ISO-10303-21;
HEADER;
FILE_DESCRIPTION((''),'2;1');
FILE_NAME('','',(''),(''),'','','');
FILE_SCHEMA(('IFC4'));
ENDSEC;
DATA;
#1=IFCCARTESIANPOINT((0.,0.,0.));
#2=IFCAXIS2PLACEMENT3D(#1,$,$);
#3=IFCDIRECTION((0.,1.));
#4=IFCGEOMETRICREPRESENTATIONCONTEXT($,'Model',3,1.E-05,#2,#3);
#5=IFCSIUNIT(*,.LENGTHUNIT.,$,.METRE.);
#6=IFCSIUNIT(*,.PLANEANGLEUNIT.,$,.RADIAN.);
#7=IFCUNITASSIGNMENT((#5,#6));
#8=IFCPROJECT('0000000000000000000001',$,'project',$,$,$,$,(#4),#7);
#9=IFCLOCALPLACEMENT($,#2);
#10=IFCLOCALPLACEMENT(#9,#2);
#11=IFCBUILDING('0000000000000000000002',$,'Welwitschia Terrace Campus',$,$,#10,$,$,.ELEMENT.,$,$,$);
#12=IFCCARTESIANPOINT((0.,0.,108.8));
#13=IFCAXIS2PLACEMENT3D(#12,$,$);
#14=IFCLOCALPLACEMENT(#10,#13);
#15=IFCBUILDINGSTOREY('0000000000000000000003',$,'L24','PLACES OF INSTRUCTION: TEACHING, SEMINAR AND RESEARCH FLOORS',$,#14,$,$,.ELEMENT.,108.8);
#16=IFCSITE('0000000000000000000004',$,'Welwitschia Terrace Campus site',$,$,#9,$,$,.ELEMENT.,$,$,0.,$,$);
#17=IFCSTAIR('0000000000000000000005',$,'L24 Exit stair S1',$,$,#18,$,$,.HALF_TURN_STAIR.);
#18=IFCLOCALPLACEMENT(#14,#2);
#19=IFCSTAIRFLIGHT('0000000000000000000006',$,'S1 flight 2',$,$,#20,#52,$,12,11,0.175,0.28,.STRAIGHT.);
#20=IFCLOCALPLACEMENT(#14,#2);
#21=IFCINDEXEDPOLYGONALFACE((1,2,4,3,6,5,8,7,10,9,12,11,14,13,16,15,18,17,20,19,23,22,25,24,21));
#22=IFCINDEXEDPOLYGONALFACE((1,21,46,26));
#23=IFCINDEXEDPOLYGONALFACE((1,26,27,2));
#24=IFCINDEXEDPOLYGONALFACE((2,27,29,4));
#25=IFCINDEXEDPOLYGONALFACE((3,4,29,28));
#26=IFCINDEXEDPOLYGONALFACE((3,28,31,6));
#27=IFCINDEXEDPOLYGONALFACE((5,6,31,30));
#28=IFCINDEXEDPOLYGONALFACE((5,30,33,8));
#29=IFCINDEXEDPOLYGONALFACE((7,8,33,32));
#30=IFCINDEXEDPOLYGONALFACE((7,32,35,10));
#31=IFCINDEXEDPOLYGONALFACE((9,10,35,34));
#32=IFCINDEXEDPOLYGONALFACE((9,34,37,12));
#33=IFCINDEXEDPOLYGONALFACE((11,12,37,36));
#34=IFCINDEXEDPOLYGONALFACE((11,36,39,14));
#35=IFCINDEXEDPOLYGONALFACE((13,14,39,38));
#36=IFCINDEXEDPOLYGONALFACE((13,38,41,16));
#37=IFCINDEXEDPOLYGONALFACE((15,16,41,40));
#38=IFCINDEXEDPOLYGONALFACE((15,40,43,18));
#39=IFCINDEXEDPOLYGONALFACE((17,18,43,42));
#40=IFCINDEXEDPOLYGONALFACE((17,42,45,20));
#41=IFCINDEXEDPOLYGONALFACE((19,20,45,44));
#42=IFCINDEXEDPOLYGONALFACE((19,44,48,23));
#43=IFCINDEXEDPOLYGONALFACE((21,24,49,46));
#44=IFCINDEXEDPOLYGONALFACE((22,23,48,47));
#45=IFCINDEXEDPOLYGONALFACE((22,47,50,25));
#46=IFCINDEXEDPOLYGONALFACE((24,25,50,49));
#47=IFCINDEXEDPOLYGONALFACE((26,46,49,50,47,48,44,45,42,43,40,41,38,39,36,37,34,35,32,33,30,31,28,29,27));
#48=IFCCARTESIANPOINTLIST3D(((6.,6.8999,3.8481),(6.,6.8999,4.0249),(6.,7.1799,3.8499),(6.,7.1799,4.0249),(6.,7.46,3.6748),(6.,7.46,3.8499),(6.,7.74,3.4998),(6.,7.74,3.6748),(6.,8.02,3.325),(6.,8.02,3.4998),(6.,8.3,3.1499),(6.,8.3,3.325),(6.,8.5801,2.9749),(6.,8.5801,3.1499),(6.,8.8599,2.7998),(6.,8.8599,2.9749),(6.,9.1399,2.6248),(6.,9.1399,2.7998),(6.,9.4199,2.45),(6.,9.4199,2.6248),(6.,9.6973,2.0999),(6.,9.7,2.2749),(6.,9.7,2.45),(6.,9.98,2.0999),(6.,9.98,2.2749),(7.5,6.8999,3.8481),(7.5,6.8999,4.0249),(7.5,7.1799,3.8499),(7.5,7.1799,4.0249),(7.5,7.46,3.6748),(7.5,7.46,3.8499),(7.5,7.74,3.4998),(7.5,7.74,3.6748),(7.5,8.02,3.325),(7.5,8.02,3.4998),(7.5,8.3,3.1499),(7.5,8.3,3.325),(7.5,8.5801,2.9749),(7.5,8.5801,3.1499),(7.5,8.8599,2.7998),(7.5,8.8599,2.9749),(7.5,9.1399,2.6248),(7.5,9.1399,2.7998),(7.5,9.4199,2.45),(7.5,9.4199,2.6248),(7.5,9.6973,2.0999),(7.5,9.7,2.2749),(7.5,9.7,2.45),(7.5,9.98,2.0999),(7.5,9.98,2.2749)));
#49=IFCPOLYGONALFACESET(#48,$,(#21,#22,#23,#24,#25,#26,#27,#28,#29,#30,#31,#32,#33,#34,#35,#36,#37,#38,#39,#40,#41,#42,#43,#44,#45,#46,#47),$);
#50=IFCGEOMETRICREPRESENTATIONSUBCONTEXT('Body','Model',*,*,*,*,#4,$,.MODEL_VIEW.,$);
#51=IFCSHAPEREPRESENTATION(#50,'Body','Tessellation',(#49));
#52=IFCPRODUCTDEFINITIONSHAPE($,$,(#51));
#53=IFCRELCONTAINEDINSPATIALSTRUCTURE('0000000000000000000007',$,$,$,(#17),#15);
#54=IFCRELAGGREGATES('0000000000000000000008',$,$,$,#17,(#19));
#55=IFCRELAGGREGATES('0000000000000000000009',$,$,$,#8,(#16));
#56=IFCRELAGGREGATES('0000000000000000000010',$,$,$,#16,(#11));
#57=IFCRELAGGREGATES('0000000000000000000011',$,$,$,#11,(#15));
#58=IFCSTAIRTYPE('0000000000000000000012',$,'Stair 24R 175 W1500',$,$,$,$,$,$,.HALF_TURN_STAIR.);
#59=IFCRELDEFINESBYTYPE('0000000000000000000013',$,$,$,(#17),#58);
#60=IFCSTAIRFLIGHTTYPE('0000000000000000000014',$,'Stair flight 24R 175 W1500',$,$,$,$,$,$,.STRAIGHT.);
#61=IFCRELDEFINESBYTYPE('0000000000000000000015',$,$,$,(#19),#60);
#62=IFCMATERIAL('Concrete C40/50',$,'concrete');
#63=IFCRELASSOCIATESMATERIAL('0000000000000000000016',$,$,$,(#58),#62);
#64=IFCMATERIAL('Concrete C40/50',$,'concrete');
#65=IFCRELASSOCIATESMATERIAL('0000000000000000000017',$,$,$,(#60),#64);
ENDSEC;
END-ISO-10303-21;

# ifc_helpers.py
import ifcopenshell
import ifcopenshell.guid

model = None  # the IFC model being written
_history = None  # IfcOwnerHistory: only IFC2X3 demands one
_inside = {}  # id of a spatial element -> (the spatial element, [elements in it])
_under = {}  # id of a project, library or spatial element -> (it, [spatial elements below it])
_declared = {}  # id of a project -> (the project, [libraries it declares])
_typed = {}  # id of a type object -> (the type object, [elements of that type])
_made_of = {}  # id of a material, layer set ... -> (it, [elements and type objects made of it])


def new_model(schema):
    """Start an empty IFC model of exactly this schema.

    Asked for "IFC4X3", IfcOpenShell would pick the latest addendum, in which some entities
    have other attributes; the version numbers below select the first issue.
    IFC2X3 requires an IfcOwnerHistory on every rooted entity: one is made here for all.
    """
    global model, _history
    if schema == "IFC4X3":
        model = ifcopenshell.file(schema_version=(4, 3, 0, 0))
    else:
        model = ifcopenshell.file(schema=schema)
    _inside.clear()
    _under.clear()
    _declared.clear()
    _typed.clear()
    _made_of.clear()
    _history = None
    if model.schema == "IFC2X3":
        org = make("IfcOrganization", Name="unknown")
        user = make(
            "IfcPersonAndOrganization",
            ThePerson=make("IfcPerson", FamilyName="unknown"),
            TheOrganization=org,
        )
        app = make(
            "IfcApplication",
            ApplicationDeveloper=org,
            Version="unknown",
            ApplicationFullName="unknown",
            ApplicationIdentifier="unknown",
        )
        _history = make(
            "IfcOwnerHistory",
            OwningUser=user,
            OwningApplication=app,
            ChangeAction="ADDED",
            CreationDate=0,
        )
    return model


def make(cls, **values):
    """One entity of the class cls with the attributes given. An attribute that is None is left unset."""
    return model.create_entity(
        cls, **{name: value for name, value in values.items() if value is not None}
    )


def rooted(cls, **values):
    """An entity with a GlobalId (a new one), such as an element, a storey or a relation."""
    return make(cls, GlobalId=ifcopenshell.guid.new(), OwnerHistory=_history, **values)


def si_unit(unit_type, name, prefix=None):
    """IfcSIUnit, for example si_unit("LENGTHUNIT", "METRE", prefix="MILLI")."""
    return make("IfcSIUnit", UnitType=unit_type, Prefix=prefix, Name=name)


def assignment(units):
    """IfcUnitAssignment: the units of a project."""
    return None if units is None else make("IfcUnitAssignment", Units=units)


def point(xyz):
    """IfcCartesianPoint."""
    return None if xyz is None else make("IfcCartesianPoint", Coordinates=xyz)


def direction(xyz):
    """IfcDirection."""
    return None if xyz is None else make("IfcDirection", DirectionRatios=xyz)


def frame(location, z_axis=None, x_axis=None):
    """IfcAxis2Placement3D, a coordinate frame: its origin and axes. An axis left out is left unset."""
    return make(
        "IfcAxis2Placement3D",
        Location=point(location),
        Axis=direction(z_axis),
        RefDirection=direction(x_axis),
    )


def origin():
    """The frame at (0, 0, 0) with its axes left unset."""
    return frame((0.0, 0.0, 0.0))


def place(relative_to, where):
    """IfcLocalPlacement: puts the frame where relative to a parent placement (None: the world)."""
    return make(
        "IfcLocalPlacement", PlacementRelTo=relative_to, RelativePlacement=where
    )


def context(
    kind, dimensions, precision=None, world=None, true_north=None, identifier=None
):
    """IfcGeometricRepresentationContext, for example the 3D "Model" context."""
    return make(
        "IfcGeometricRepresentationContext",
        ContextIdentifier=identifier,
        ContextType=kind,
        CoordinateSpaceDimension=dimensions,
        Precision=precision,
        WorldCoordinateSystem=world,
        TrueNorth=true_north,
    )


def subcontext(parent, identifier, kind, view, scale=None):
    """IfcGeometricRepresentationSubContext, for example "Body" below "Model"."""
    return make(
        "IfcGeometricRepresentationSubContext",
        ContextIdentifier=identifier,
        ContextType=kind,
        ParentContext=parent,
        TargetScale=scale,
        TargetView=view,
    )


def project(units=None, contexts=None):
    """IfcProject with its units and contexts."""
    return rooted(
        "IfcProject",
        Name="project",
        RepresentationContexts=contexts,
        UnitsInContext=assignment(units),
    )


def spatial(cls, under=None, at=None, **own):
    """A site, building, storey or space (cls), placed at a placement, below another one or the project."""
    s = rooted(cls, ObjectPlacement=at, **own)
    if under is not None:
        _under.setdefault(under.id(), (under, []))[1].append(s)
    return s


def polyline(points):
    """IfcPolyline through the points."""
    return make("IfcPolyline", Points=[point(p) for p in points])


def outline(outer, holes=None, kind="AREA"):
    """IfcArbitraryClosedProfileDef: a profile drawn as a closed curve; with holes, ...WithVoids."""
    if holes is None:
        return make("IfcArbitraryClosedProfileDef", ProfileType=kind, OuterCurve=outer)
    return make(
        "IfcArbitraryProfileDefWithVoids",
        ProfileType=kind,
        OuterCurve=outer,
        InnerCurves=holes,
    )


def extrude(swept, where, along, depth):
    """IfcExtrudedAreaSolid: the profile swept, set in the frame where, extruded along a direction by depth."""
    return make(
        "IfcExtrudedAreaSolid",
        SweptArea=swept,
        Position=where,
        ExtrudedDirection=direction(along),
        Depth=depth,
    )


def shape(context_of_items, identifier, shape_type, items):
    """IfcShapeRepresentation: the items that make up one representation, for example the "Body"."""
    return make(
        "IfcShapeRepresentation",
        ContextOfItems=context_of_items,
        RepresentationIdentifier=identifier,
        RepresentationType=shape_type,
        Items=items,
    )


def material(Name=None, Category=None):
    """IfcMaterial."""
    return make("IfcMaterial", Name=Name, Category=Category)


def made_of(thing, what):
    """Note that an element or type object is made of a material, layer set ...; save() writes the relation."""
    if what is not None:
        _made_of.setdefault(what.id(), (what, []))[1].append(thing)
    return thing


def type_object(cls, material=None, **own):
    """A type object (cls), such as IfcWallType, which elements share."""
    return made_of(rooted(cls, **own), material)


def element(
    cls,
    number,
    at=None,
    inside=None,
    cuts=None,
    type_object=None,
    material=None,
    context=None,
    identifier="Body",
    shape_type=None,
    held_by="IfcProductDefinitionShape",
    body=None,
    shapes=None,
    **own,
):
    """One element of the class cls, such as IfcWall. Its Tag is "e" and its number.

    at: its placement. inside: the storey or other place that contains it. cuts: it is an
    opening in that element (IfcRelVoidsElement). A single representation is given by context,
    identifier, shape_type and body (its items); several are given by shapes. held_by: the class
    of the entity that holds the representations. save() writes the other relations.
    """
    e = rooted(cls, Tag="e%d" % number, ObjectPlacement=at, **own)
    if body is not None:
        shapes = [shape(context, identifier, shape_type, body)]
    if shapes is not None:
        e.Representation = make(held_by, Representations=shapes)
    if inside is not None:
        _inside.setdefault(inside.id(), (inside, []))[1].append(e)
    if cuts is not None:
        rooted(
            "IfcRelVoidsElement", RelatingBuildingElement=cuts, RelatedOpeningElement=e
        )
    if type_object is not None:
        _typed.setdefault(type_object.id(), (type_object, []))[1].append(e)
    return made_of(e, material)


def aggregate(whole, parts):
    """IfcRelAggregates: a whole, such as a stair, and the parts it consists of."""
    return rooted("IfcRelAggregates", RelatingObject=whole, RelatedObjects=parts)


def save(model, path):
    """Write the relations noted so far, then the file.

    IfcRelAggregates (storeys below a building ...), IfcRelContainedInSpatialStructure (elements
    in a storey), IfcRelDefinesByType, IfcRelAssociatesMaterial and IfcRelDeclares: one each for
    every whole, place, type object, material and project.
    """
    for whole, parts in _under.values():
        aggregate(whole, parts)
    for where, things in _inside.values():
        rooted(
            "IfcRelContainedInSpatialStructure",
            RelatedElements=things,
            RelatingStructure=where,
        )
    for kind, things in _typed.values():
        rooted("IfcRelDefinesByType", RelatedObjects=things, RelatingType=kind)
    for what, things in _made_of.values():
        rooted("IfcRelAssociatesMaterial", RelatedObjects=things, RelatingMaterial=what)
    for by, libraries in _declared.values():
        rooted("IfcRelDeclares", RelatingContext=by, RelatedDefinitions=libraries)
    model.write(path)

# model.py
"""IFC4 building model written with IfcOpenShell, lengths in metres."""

from ifc_helpers import new_model, si_unit, direction, frame, origin, place, context, subcontext, project, spatial, polyline, outline, extrude, material, type_object, element, aggregate, save


model = new_model("IFC4")

# Units and contexts
model_context = context("Model", 3, precision=1e-05, world=origin(), true_north=direction((0.0, 1.0)))
body_context = subcontext(model_context, "Body", "Model", "MODEL_VIEW")
ifc_project = project(units=[si_unit("LENGTHUNIT", "METRE"), si_unit("PLANEANGLEUNIT", "RADIAN")], contexts=[model_context])

# Site, building, storey
site_placement = place(None, origin())
site = spatial("IfcSite", under=ifc_project, at=site_placement, Name="Welwitschia Terrace Campus site", CompositionType="ELEMENT", RefElevation=0.0)
building_placement = place(site_placement, origin())
building = spatial("IfcBuilding", under=site, at=building_placement, Name="Welwitschia Terrace Campus", CompositionType="ELEMENT")
storey_placement = place(building_placement, frame((0.0, 0.0, 108.8)))
storey = spatial("IfcBuildingStorey", under=building, at=storey_placement, Name="L24", Description="PLACES OF INSTRUCTION: TEACHING, SEMINAR AND RESEARCH FLOORS", CompositionType="ELEMENT", Elevation=108.8)

# Stair, stair flight
ifc_material_1 = material(Name="Concrete C40/50", Category="concrete")
stair_type = type_object("IfcStairType", Name="Stair 24R 175 W1500", PredefinedType="HALF_TURN_STAIR", material=ifc_material_1)
stair_placement = place(storey_placement, origin())
stair = element("IfcStair", 1, at=stair_placement, inside=storey, type_object=stair_type, Name="L24 Exit stair S1", PredefinedType="HALF_TURN_STAIR")
ifc_material_2 = material(Name="Concrete C40/50", Category="concrete")
stair_flight_type = type_object("IfcStairFlightType", Name="Stair flight 24R 175 W1500", PredefinedType="STRAIGHT", material=ifc_material_2)
stair_flight_1_placement = place(storey_placement, frame((6.75, 9.98, 2.0999), z_axis=(0.0, 0.0, 1.0), x_axis=(0.0, -1.0, 0.0)))
stair_flight_1 = element("IfcStairFlight", 2, at=stair_flight_1_placement, type_object=stair_flight_type, Name="S1 flight 2", NumberOfRisers=12, NumberOfTreads=11, PredefinedType="STRAIGHT", RiserHeight=0.175, TreadLength=0.28, context=body_context, shape_type="SweptSolid", body=[
    extrude(outline(polyline([(0.0, 0.0), (0.0, 0.175), (0.28, 0.175), (0.28, 0.3501), (0.5601, 0.3501), (0.5601, 0.5249), (0.8401, 0.5249), (0.8401, 0.7), (1.1201, 0.7), (1.1201, 0.875), (1.3999, 0.875), (1.3999, 1.05), (1.6799, 1.05), (1.6799, 1.2251), (1.96, 1.2251), (1.96, 1.3999), (2.24, 1.3999), (2.24, 1.575), (2.52, 1.575), (2.52, 1.75), (2.8, 1.75), (2.8, 1.925), (3.0801, 1.925), (3.0801, 2.1001), (3.0801, 1.7483), (0.2827, 0.0), (0.0, 0.0)])), frame((0.0, 0.75, 0.0), z_axis=(0.0, -1.0, 0.0), x_axis=(1.0, 0.0, 0.0)), (0.0, 0.0, 1.0), 1.5),
])
aggregate(stair, [stair_flight_1])

save(model, "model.ifc")
